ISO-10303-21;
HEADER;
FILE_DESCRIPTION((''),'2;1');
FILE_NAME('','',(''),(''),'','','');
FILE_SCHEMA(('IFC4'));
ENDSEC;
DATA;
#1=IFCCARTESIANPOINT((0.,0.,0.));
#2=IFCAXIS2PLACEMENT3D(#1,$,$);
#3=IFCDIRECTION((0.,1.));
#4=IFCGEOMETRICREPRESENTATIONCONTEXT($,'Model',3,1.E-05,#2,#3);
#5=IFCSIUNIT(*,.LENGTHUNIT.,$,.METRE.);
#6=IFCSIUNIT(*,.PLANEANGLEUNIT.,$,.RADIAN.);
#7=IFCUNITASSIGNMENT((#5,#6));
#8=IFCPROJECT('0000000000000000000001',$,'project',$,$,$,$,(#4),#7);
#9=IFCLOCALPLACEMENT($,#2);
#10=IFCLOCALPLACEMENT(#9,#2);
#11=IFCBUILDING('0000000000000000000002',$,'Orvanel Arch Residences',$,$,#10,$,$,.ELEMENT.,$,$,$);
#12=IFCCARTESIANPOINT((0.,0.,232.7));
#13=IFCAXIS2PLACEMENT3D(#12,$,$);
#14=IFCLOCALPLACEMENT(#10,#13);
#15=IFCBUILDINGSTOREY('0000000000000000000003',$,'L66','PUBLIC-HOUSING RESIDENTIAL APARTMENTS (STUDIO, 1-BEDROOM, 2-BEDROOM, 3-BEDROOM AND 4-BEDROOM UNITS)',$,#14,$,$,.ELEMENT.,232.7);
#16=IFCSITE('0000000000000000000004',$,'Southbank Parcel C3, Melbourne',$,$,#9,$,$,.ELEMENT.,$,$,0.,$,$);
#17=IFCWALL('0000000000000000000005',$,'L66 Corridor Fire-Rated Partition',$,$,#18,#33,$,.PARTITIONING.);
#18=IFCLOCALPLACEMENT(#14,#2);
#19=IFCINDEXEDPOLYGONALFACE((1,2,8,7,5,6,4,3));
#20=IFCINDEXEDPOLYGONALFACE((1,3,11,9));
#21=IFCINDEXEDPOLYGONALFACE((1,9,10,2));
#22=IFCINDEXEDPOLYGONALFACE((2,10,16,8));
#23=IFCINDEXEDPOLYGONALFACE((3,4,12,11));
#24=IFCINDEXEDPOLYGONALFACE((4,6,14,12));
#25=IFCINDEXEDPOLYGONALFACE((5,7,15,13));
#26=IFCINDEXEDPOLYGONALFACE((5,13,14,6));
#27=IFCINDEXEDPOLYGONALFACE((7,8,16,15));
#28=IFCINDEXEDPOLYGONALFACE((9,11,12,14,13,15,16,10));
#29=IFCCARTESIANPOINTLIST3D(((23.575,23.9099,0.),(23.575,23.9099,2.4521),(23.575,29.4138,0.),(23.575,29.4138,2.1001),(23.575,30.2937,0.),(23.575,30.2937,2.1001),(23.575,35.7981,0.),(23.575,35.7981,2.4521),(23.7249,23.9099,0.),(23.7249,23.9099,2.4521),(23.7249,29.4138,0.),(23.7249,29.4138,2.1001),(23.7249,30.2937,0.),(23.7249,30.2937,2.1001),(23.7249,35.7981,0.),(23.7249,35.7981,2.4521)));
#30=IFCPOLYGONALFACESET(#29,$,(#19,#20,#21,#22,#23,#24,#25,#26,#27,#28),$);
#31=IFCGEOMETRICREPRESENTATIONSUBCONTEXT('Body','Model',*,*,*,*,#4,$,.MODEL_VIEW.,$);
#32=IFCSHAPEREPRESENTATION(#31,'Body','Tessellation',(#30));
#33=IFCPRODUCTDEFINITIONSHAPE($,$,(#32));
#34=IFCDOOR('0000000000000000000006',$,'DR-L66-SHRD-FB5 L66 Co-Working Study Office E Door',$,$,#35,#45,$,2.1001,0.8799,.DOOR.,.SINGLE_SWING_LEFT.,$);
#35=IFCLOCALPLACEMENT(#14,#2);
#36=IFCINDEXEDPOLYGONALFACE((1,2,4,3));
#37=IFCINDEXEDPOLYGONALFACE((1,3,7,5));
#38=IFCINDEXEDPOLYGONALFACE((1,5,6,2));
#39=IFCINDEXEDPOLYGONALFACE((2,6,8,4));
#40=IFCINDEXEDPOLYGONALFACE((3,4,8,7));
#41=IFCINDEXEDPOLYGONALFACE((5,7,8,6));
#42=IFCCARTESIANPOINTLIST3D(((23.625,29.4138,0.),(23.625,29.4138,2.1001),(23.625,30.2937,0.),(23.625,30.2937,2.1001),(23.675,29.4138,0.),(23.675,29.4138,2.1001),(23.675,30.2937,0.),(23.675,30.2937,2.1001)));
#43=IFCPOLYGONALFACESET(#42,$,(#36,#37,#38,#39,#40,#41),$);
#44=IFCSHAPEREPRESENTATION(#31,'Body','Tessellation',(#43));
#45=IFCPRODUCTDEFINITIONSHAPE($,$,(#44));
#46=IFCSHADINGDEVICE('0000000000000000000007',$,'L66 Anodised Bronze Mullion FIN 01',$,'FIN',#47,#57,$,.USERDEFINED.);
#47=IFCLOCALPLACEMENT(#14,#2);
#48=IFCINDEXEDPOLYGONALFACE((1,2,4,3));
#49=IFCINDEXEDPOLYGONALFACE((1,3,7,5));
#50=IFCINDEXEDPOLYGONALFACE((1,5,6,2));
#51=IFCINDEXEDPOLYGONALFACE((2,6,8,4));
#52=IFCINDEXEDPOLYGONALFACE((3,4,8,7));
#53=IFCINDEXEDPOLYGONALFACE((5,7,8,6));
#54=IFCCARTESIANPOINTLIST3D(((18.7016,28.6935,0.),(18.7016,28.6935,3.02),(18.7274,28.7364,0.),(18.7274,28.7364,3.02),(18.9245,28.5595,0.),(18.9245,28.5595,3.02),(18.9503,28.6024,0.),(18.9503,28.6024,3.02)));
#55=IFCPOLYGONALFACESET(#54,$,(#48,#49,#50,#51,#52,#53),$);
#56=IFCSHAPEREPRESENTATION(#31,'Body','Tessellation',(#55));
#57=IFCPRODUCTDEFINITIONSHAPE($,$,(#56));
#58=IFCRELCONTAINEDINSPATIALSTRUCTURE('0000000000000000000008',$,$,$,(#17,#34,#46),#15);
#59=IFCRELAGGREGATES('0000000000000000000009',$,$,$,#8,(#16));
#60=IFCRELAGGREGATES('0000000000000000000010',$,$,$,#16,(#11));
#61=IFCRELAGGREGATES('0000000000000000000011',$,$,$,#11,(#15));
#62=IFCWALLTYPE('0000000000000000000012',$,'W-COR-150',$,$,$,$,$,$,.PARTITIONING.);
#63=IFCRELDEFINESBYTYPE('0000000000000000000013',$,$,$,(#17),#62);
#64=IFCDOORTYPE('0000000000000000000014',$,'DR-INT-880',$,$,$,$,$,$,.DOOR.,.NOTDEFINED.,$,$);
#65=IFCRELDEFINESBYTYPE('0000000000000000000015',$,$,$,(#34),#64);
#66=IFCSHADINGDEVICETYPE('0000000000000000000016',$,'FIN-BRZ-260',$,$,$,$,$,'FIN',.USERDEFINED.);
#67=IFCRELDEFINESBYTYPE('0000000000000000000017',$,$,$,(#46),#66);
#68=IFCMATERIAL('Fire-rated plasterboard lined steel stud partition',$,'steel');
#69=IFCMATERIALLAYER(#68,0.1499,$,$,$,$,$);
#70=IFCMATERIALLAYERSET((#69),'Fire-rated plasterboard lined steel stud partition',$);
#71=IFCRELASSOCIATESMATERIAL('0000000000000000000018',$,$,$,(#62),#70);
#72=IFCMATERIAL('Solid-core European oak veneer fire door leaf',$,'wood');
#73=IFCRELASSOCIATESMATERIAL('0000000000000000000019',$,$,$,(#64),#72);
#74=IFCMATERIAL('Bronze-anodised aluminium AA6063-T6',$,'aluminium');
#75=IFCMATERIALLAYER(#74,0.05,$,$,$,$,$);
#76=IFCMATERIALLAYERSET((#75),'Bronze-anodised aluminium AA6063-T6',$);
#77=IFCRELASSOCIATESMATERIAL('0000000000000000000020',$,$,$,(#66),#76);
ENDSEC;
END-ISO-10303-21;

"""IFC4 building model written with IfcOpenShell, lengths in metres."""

from ifc_helpers import new_model, si_unit, direction, frame, frame_2d, origin, origin_2d, place, context, subcontext, project, spatial, rectangle, extrude, material, layer, layer_set, type_object, element, fill, save


model = new_model("IFC4")

# Units and contexts
model_context = context("Model", 3, precision=1e-05, world=origin(), true_north=direction((0.0, 1.0)))
body_context = subcontext(model_context, "Body", "Model", "MODEL_VIEW")
ifc_project = project(units=[si_unit("LENGTHUNIT", "METRE"), si_unit("PLANEANGLEUNIT", "RADIAN")], contexts=[model_context])

# Site, building, storey
site_placement = place(None, origin())
site = spatial("IfcSite", under=ifc_project, at=site_placement, Name="Southbank Parcel C3, Melbourne", CompositionType="ELEMENT", RefElevation=0.0)
building_placement = place(site_placement, origin())
building = spatial("IfcBuilding", under=site, at=building_placement, Name="Orvanel Arch Residences", CompositionType="ELEMENT")
storey_placement = place(building_placement, frame((0.0, 0.0, 232.7)))
storey = spatial("IfcBuildingStorey", under=building, at=storey_placement, Name="L66", Description="PUBLIC-HOUSING RESIDENTIAL APARTMENTS (STUDIO, 1-BEDROOM, 2-BEDROOM, 3-BEDROOM AND 4-BEDROOM UNITS)", CompositionType="ELEMENT", Elevation=232.7)

# Shared definitions
ifc_material_1 = material(Name="Bronze-anodised aluminium AA6063-T6", Category="aluminium")

# Wall, opening, door
ifc_material_2 = material(Name="Fire-rated plasterboard lined steel stud partition", Category="steel")
ifc_layer_1 = layer(ifc_material_2, 0.1499)
ifc_layer_set_1 = layer_set([ifc_layer_1], Name="Fire-rated plasterboard lined steel stud partition")
wall_type_1 = type_object("IfcWallType", Name="W-COR-150", PredefinedType="PARTITIONING", material=ifc_layer_set_1)
wall_1_placement = place(storey_placement, frame((23.6499, 23.9099, 0.0), z_axis=(0.0, 0.0, 1.0), x_axis=(0.0, 1.0, 0.0)))
wall_1 = element("IfcWall", 1, at=wall_1_placement, inside=storey, type_object=wall_type_1, Name="L66 Corridor Fire-Rated Partition", PredefinedType="PARTITIONING", context=body_context, shape_type="SweptSolid", body=[
    extrude(rectangle(XDim=11.8882, YDim=0.1499, at=frame_2d((5.9441, 0.0))), origin(), (0.0, 0.0, 1.0), 2.4521),
])
opening_1_placement = place(wall_1_placement, frame((5.5039, 0.0, 0.0)))
opening_1 = element("IfcOpeningElement", 2, at=opening_1_placement, cuts=wall_1, PredefinedType="OPENING", context=body_context, shape_type="SweptSolid", body=[
    extrude(rectangle(XDim=0.8799, YDim=2.1001, at=frame_2d((0.4399, 1.05))), frame((0.0, 0.085, 0.0), z_axis=(0.0, -1.0, 0.0), x_axis=(1.0, 0.0, 0.0)), (0.0, 0.0, 1.0), 0.1699),
])
ifc_material_3 = material(Name="Solid-core European oak veneer fire door leaf", Category="wood")
door_type_1 = type_object("IfcDoorType", Name="DR-INT-880", OperationType="NOTDEFINED", PredefinedType="DOOR", material=ifc_material_3)
door_1_placement = place(opening_1_placement, origin())
door_1 = element("IfcDoor", 3, at=door_1_placement, inside=storey, type_object=door_type_1, Name="DR-L66-SHRD-FB5 L66 Co-Working Study Office E Door", OperationType="SINGLE_SWING_LEFT", OverallHeight=2.1001, OverallWidth=0.8799, PredefinedType="DOOR", context=body_context, shape_type="SweptSolid", body=[
    extrude(rectangle(XDim=0.8799, YDim=2.1001, at=frame_2d((0.4399, 1.05))), frame((0.0, 0.0249, 0.0), z_axis=(0.0, -1.0, 0.0), x_axis=(1.0, 0.0, 0.0)), (0.0, 0.0, 1.0), 0.05),
])
fill(opening_1, door_1)

# Shading device
ifc_layer_2 = layer(ifc_material_1, 0.05)
ifc_layer_set_2 = layer_set([ifc_layer_2], Name="Bronze-anodised aluminium AA6063-T6")
shading_device_type = type_object("IfcShadingDeviceType", Name="FIN-BRZ-260", ElementType="FIN", PredefinedType="USERDEFINED", material=ifc_layer_set_2)
shading_device_placement = place(storey_placement, frame((18.8259, 28.6479, 0.0), z_axis=(0.0, 0.0, 1.0), x_axis=(-0.857167, 0.515038, 0.0)))
element("IfcShadingDevice", 4, at=shading_device_placement, inside=storey, type_object=shading_device_type, Name="L66 Anodised Bronze Mullion FIN 01", ObjectType="FIN", PredefinedType="USERDEFINED", context=body_context, shape_type="SweptSolid", body=[
    extrude(rectangle(XDim=0.26, YDim=0.05, at=origin_2d()), origin(), (0.0, 0.0, 1.0), 3.02),
])

save(model, "model.ifc")
